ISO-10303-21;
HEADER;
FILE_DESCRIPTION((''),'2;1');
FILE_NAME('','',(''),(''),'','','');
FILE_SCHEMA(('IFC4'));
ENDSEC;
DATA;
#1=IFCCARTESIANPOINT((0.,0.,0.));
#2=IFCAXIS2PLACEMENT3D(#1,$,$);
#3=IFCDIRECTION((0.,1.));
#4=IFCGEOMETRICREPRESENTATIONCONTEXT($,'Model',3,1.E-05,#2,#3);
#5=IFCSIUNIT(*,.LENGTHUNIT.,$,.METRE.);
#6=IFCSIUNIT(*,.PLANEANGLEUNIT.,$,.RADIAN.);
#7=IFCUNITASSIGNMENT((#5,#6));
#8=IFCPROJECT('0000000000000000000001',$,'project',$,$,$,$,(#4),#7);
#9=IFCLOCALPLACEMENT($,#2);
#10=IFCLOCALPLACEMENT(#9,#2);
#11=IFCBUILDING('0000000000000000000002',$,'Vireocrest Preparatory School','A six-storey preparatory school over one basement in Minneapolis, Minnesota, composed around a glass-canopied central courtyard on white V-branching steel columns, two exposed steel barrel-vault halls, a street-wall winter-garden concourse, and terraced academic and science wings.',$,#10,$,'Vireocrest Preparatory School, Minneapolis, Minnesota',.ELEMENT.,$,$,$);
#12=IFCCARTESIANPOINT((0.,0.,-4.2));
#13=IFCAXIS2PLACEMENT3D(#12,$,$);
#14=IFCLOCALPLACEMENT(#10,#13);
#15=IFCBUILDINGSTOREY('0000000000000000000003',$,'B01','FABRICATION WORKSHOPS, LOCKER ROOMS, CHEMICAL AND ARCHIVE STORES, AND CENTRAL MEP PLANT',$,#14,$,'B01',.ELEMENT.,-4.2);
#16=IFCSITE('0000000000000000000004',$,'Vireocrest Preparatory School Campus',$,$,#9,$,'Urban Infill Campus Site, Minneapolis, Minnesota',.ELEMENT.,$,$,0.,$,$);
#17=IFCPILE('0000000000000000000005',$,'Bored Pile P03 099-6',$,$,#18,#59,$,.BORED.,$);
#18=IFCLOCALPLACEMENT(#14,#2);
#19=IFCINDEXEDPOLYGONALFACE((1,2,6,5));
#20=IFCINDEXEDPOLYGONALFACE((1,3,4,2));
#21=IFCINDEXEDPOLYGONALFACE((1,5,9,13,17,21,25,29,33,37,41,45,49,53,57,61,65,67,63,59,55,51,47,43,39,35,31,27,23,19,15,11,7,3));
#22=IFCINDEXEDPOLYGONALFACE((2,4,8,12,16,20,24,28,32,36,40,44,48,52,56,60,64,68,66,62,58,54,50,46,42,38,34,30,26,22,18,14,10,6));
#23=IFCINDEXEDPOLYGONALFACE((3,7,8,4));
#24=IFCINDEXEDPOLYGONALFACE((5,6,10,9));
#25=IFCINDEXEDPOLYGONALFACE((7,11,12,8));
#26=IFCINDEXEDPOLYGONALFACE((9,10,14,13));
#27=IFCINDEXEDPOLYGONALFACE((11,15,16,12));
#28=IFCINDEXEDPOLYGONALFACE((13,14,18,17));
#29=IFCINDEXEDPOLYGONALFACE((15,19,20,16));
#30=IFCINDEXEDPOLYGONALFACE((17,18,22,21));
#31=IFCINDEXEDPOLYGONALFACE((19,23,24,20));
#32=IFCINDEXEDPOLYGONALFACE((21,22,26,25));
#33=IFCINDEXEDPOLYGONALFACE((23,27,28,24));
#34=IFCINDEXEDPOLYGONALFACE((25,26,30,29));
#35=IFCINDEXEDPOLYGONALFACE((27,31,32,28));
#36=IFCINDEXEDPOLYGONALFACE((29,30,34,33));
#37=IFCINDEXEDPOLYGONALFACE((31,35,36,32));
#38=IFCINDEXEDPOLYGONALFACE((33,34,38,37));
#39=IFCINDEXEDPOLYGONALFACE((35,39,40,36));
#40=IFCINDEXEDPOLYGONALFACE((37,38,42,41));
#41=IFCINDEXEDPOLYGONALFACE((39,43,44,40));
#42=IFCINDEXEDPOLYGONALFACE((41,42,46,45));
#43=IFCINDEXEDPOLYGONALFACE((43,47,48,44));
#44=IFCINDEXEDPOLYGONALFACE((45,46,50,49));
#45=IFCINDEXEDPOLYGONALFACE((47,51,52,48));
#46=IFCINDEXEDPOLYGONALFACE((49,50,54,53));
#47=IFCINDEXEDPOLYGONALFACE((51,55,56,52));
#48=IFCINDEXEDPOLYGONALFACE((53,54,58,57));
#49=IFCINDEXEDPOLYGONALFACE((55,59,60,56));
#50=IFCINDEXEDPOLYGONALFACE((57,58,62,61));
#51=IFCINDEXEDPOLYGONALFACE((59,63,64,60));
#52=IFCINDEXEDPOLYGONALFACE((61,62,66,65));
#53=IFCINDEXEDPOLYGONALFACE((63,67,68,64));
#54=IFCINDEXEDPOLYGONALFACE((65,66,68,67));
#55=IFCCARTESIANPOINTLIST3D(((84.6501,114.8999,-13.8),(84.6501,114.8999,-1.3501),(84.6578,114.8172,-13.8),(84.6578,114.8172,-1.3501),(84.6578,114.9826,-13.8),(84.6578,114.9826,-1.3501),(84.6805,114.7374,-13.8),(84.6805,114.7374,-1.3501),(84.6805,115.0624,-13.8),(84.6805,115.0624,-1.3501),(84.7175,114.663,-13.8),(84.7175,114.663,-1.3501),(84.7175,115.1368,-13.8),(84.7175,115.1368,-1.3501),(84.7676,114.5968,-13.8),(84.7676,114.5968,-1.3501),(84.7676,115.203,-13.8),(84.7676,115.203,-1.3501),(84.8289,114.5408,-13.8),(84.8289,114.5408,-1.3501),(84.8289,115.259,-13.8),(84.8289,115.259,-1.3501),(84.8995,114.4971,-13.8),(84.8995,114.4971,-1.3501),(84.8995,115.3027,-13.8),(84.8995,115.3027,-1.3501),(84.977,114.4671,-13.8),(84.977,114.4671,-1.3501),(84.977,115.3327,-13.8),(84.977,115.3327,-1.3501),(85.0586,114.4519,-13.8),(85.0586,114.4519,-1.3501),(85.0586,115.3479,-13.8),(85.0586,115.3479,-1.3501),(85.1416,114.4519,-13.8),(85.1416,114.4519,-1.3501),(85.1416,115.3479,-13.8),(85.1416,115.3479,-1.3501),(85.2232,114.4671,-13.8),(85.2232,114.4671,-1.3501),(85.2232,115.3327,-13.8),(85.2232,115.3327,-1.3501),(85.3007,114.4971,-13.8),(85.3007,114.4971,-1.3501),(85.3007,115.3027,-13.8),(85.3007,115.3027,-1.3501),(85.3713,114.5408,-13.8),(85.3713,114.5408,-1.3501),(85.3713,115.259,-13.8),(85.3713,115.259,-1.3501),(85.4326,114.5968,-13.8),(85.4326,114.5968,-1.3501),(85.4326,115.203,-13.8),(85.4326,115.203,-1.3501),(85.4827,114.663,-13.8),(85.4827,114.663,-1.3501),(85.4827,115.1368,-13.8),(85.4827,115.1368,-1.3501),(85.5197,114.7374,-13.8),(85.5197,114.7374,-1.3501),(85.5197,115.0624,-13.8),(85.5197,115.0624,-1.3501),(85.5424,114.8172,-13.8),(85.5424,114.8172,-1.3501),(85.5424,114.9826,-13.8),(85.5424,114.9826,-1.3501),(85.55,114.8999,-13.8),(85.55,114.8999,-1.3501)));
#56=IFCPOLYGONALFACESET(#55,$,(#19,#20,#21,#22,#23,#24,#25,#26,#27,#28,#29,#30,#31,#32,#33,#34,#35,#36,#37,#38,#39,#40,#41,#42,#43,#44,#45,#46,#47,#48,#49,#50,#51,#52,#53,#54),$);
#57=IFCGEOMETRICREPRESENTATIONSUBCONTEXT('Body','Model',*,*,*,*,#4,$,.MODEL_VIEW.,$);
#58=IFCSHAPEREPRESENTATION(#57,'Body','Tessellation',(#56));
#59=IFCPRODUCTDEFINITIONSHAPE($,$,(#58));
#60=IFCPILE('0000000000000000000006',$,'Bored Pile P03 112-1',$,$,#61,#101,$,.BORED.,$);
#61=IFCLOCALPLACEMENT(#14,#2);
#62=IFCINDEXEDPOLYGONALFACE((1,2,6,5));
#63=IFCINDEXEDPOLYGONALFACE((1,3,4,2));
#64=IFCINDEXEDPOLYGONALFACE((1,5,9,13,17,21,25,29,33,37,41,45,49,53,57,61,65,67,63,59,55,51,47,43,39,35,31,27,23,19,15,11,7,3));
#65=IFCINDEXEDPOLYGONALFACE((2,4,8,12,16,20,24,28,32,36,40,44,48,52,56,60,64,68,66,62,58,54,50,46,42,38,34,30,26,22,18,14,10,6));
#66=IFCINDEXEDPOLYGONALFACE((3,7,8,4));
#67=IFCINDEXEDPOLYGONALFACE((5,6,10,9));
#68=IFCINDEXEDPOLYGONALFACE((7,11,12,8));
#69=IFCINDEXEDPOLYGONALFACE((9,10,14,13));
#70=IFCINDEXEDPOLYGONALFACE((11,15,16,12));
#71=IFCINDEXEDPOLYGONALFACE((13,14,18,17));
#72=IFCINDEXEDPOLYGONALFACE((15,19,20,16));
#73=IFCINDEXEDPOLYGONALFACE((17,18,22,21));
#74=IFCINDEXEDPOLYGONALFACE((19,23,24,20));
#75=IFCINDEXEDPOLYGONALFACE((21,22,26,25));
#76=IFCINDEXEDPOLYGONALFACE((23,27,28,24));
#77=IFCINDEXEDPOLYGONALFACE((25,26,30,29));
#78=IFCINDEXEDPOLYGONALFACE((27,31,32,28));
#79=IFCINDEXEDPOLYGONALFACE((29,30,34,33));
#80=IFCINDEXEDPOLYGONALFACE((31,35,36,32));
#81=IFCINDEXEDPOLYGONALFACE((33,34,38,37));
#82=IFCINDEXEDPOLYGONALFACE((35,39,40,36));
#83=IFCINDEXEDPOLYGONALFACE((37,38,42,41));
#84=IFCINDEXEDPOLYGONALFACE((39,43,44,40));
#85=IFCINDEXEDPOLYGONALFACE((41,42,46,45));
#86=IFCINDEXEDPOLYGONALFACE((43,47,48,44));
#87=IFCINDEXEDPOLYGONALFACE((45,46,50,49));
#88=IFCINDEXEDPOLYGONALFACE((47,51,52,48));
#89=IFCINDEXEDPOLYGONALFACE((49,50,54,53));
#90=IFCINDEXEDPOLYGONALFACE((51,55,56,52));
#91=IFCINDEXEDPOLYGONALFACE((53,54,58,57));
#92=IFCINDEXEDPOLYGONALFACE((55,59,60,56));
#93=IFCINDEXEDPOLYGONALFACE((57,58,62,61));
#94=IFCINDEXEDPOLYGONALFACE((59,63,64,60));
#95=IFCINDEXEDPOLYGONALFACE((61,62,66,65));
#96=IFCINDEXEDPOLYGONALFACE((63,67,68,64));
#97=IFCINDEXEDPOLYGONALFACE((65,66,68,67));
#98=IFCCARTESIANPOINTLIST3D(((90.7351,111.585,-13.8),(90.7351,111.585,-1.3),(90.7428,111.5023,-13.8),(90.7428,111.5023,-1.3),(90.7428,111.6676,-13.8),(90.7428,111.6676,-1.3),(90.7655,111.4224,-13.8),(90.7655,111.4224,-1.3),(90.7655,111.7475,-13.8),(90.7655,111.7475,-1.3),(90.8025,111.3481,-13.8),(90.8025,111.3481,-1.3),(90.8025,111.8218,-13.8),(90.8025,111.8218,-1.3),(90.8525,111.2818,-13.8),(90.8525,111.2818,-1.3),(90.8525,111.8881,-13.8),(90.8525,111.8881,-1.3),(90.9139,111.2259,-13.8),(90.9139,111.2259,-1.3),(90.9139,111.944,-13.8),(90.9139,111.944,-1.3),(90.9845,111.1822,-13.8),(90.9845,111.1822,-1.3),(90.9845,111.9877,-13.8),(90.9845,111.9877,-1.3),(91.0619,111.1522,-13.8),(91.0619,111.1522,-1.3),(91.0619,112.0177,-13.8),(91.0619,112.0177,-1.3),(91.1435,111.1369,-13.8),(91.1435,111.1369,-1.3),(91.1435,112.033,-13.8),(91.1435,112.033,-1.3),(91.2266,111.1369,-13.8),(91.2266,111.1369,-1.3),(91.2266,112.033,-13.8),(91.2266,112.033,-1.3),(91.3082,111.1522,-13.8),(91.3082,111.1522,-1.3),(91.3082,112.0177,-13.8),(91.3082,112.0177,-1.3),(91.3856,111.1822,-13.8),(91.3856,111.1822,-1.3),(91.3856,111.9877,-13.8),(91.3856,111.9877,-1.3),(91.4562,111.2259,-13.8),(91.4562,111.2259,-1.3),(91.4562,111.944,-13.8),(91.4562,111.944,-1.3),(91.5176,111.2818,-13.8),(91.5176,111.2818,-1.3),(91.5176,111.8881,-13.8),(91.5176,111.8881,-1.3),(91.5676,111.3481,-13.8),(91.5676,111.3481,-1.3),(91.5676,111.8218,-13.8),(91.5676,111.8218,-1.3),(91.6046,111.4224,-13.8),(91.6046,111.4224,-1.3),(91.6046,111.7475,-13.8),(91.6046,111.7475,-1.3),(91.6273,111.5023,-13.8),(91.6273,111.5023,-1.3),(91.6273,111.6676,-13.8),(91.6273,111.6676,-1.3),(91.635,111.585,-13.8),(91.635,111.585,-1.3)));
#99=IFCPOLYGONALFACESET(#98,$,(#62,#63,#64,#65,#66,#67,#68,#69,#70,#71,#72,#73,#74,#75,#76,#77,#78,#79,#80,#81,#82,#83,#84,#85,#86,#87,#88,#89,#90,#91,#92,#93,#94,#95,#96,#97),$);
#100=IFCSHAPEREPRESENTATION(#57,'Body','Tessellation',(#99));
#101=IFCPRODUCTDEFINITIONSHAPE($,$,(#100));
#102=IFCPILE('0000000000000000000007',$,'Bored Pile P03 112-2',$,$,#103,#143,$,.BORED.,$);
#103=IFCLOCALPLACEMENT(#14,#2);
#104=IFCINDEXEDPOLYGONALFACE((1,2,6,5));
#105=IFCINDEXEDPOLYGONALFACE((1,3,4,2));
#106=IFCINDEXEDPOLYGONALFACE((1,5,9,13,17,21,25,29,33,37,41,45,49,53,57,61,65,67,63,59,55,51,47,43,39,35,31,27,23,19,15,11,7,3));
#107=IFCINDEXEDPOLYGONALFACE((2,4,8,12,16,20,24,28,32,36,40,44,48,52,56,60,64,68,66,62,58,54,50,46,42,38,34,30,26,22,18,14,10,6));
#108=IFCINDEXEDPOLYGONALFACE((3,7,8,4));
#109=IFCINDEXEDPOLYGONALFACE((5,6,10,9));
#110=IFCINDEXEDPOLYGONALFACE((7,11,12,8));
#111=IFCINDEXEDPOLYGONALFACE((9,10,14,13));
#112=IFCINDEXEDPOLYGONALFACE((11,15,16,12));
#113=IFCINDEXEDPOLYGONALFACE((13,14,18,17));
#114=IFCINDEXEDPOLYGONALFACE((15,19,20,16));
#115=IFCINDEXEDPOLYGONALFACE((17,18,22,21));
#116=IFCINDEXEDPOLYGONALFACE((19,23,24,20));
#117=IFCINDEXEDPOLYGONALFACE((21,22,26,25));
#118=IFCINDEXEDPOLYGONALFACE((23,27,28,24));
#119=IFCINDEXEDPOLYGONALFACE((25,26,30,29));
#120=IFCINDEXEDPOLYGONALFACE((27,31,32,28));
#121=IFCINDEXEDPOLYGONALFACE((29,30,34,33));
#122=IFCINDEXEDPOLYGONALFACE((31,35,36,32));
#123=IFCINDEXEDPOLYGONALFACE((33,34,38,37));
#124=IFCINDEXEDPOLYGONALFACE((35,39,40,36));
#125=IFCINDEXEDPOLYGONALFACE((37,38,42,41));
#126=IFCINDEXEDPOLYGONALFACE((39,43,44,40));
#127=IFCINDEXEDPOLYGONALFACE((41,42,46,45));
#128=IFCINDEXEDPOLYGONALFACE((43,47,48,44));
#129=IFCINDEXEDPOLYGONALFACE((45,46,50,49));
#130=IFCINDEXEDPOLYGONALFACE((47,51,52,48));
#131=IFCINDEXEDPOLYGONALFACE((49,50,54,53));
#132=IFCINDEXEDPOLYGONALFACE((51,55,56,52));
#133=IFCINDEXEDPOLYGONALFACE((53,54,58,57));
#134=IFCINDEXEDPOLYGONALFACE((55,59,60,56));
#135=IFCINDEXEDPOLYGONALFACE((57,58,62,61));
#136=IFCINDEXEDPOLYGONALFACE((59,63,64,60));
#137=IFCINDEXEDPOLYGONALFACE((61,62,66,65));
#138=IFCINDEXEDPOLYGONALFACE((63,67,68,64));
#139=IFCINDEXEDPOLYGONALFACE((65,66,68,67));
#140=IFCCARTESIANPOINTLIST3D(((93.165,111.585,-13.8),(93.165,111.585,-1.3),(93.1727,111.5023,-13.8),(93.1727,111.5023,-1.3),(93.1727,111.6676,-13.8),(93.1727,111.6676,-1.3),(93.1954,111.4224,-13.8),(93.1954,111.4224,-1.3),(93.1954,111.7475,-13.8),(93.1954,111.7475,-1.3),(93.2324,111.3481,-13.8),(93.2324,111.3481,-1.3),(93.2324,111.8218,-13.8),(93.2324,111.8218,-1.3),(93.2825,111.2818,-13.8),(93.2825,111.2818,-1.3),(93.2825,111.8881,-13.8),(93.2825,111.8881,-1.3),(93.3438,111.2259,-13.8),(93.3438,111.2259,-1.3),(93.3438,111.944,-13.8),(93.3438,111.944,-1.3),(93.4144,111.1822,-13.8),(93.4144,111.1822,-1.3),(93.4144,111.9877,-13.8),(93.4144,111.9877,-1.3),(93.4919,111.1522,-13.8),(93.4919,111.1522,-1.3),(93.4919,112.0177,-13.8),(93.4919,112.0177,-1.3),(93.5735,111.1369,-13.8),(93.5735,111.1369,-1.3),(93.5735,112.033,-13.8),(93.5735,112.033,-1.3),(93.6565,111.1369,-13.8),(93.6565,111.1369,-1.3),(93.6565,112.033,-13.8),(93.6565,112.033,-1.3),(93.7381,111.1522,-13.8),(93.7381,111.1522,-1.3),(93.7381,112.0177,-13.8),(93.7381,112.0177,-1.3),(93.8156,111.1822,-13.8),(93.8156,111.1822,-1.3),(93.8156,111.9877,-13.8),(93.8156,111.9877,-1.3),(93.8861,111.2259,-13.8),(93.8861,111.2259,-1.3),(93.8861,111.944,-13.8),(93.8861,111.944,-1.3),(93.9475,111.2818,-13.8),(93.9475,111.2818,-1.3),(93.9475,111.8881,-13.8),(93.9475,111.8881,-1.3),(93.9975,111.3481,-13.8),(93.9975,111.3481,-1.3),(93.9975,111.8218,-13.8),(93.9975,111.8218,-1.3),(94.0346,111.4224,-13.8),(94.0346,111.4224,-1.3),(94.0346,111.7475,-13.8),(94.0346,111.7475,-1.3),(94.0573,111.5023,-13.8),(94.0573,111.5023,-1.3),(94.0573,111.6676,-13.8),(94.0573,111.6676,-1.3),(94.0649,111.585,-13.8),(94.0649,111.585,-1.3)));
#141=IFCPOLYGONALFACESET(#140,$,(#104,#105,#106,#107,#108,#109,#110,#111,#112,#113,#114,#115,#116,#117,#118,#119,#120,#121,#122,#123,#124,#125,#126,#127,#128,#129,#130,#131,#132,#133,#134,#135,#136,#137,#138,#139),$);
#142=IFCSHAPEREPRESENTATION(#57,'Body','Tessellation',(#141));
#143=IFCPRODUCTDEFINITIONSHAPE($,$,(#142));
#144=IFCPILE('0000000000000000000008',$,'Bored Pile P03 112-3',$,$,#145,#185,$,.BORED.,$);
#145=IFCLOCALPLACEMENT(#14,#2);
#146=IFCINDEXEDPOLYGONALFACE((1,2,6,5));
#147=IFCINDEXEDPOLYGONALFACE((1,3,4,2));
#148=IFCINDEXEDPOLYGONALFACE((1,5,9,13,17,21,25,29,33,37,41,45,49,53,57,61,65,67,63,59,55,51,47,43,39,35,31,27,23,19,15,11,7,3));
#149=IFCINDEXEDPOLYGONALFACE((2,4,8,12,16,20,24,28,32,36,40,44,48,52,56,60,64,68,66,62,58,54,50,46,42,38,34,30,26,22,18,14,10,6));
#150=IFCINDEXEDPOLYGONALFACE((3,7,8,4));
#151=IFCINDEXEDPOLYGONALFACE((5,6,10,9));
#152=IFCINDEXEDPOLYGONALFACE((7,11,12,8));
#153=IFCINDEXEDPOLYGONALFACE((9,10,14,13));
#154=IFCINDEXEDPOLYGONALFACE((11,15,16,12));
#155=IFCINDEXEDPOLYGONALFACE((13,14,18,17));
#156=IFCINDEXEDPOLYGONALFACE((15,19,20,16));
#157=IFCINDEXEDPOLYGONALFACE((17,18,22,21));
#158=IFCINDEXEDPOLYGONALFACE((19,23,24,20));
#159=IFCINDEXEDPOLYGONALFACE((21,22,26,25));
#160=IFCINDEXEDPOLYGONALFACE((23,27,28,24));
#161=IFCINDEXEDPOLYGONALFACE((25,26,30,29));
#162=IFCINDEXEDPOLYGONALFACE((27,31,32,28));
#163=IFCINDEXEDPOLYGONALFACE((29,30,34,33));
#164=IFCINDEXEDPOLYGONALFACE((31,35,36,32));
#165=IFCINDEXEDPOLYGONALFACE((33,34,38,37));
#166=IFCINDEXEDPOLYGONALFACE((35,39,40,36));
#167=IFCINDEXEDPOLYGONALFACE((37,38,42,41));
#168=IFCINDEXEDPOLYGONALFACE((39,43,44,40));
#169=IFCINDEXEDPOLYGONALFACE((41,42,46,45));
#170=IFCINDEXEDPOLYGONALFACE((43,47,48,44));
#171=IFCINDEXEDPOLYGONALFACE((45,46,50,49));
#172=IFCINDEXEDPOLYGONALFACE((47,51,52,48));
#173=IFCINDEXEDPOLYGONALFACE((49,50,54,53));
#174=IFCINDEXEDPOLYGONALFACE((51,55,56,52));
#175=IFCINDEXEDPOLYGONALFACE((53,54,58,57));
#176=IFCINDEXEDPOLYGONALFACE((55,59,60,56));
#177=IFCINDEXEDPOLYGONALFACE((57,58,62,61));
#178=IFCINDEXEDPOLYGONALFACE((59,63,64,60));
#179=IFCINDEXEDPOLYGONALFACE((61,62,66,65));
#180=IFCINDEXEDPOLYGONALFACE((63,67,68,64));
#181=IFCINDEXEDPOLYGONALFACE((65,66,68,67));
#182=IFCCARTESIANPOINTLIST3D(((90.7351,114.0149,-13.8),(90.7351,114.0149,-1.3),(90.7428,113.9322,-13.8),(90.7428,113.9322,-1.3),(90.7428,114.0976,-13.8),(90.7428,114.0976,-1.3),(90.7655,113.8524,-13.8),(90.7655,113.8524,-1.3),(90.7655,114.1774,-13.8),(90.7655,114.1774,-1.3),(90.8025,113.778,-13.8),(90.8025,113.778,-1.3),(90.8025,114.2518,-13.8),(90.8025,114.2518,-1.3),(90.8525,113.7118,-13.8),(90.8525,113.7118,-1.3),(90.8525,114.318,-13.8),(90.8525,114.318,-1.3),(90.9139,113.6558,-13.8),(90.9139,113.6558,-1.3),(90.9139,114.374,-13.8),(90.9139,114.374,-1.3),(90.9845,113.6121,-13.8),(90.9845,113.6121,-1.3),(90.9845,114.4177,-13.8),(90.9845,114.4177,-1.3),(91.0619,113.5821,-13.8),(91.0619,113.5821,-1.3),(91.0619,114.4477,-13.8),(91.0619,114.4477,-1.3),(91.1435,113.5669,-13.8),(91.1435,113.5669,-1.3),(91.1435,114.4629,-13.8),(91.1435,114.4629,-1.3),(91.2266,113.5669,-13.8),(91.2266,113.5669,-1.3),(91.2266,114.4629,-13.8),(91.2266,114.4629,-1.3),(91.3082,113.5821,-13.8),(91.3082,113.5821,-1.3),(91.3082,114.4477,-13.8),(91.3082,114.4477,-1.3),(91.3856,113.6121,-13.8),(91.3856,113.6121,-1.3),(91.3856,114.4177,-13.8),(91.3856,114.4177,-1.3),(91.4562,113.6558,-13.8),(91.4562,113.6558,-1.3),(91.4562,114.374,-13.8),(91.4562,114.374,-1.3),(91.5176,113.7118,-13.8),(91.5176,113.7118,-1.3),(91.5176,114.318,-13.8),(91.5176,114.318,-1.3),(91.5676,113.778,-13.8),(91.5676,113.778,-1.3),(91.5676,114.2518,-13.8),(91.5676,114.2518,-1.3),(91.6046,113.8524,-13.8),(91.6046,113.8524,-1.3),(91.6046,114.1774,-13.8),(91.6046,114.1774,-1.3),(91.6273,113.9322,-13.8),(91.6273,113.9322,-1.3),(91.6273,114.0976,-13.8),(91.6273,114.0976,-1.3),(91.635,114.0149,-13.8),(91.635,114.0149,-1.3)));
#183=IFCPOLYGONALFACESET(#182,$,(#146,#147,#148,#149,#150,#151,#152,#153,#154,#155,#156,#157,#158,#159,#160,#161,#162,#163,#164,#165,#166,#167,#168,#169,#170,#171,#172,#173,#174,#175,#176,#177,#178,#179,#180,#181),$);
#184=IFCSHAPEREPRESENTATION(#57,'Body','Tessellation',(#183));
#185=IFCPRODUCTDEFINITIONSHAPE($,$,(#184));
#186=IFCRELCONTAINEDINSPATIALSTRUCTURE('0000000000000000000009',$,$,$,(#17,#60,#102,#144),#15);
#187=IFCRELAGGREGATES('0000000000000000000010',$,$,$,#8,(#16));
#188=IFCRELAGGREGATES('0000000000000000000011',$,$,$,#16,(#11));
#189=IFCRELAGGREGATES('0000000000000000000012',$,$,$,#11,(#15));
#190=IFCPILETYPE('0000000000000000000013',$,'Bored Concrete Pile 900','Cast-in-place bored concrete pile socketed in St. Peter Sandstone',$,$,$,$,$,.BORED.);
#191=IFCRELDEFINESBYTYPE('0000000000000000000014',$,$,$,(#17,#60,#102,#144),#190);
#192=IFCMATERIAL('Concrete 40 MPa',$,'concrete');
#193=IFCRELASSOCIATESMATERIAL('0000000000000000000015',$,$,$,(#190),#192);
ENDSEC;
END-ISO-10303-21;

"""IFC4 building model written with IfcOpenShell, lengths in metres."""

from ifc_helpers import new_model, si_unit, direction, frame, origin, origin_2d, place, context, subcontext, project, spatial, circle, extrude, material, material_profile, profile_set, type_object, element, save


model = new_model("IFC4")

# Units and contexts
model_context = context("Model", 3, precision=1e-05, world=origin(), true_north=direction((0.0, 1.0)))
body_context = subcontext(model_context, "Body", "Model", "MODEL_VIEW")
ifc_project = project(units=[si_unit("LENGTHUNIT", "METRE"), si_unit("PLANEANGLEUNIT", "RADIAN")], contexts=[model_context])

# Site, building, storey
site_placement = place(None, origin())
site = spatial("IfcSite", under=ifc_project, at=site_placement, Name="Vireocrest Preparatory School Campus", LongName="Urban Infill Campus Site, Minneapolis, Minnesota", CompositionType="ELEMENT", RefElevation=0.0)
building_placement = place(site_placement, origin())
building = spatial("IfcBuilding", under=site, at=building_placement, Name="Vireocrest Preparatory School", Description="A six-storey preparatory school over one basement in Minneapolis, Minnesota, composed around a glass-canopied central courtyard on white V-branching steel columns, two exposed steel barrel-vault halls, a street-wall winter-garden concourse, and terraced academic and science wings.", LongName="Vireocrest Preparatory School, Minneapolis, Minnesota", CompositionType="ELEMENT")
storey_placement = place(building_placement, frame((0.0, 0.0, -4.2)))
storey = spatial("IfcBuildingStorey", under=building, at=storey_placement, Name="B01", Description="FABRICATION WORKSHOPS, LOCKER ROOMS, CHEMICAL AND ARCHIVE STORES, AND CENTRAL MEP PLANT", LongName="B01", CompositionType="ELEMENT", Elevation=-4.2)

# Piles
ifc_material_1 = material(Name="Concrete 40 MPa", Category="concrete")
ifc_material_profile_1 = material_profile(ifc_material_1, circle(Radius=0.45, at=origin_2d()), Name="BORED PILE 900")
ifc_profile_set_1 = profile_set([ifc_material_profile_1], Name="Concrete 40 MPa")
pile_type_1 = type_object("IfcPileType", Name="Bored Concrete Pile 900", Description="Cast-in-place bored concrete pile socketed in St. Peter Sandstone", PredefinedType="BORED", material=ifc_profile_set_1)
for number, where, z_axis, x_axis, name in (
    (1, (85.1001, 114.8999, -1.3501), (0.0, 0.0, -1.0), (1.0, 0.0, 0.0), "Bored Pile P03 099-6"),
):
    element("IfcPile", number, at=place(storey_placement, frame(where, z_axis=z_axis, x_axis=x_axis)), inside=storey, type_object=pile_type_1, Name=name, PredefinedType="BORED", context=body_context, shape_type="SweptSolid", body=[
        extrude(circle(Radius=0.45, at=origin_2d()), origin(), (0.0, 0.0, 1.0), 12.45),
    ])
for number, where, z_axis, x_axis, name in (
    (2, (91.1851, 111.585, -1.3), (0.0, 0.0, -1.0), (1.0, 0.0, 0.0), "Bored Pile P03 112-1"),
    (3, (93.615, 111.585, -1.3), (0.0, 0.0, -1.0), (1.0, 0.0, 0.0), "Bored Pile P03 112-2"),
    (4, (91.1851, 114.0149, -1.3), (0.0, 0.0, -1.0), (1.0, 0.0, 0.0), "Bored Pile P03 112-3"),
):
    element("IfcPile", number, at=place(storey_placement, frame(where, z_axis=z_axis, x_axis=x_axis)), inside=storey, type_object=pile_type_1, Name=name, PredefinedType="BORED", context=body_context, shape_type="SweptSolid", body=[
        extrude(circle(Radius=0.45, at=origin_2d()), origin(), (0.0, 0.0, 1.0), 12.5),
    ])

save(model, "model.ifc")
